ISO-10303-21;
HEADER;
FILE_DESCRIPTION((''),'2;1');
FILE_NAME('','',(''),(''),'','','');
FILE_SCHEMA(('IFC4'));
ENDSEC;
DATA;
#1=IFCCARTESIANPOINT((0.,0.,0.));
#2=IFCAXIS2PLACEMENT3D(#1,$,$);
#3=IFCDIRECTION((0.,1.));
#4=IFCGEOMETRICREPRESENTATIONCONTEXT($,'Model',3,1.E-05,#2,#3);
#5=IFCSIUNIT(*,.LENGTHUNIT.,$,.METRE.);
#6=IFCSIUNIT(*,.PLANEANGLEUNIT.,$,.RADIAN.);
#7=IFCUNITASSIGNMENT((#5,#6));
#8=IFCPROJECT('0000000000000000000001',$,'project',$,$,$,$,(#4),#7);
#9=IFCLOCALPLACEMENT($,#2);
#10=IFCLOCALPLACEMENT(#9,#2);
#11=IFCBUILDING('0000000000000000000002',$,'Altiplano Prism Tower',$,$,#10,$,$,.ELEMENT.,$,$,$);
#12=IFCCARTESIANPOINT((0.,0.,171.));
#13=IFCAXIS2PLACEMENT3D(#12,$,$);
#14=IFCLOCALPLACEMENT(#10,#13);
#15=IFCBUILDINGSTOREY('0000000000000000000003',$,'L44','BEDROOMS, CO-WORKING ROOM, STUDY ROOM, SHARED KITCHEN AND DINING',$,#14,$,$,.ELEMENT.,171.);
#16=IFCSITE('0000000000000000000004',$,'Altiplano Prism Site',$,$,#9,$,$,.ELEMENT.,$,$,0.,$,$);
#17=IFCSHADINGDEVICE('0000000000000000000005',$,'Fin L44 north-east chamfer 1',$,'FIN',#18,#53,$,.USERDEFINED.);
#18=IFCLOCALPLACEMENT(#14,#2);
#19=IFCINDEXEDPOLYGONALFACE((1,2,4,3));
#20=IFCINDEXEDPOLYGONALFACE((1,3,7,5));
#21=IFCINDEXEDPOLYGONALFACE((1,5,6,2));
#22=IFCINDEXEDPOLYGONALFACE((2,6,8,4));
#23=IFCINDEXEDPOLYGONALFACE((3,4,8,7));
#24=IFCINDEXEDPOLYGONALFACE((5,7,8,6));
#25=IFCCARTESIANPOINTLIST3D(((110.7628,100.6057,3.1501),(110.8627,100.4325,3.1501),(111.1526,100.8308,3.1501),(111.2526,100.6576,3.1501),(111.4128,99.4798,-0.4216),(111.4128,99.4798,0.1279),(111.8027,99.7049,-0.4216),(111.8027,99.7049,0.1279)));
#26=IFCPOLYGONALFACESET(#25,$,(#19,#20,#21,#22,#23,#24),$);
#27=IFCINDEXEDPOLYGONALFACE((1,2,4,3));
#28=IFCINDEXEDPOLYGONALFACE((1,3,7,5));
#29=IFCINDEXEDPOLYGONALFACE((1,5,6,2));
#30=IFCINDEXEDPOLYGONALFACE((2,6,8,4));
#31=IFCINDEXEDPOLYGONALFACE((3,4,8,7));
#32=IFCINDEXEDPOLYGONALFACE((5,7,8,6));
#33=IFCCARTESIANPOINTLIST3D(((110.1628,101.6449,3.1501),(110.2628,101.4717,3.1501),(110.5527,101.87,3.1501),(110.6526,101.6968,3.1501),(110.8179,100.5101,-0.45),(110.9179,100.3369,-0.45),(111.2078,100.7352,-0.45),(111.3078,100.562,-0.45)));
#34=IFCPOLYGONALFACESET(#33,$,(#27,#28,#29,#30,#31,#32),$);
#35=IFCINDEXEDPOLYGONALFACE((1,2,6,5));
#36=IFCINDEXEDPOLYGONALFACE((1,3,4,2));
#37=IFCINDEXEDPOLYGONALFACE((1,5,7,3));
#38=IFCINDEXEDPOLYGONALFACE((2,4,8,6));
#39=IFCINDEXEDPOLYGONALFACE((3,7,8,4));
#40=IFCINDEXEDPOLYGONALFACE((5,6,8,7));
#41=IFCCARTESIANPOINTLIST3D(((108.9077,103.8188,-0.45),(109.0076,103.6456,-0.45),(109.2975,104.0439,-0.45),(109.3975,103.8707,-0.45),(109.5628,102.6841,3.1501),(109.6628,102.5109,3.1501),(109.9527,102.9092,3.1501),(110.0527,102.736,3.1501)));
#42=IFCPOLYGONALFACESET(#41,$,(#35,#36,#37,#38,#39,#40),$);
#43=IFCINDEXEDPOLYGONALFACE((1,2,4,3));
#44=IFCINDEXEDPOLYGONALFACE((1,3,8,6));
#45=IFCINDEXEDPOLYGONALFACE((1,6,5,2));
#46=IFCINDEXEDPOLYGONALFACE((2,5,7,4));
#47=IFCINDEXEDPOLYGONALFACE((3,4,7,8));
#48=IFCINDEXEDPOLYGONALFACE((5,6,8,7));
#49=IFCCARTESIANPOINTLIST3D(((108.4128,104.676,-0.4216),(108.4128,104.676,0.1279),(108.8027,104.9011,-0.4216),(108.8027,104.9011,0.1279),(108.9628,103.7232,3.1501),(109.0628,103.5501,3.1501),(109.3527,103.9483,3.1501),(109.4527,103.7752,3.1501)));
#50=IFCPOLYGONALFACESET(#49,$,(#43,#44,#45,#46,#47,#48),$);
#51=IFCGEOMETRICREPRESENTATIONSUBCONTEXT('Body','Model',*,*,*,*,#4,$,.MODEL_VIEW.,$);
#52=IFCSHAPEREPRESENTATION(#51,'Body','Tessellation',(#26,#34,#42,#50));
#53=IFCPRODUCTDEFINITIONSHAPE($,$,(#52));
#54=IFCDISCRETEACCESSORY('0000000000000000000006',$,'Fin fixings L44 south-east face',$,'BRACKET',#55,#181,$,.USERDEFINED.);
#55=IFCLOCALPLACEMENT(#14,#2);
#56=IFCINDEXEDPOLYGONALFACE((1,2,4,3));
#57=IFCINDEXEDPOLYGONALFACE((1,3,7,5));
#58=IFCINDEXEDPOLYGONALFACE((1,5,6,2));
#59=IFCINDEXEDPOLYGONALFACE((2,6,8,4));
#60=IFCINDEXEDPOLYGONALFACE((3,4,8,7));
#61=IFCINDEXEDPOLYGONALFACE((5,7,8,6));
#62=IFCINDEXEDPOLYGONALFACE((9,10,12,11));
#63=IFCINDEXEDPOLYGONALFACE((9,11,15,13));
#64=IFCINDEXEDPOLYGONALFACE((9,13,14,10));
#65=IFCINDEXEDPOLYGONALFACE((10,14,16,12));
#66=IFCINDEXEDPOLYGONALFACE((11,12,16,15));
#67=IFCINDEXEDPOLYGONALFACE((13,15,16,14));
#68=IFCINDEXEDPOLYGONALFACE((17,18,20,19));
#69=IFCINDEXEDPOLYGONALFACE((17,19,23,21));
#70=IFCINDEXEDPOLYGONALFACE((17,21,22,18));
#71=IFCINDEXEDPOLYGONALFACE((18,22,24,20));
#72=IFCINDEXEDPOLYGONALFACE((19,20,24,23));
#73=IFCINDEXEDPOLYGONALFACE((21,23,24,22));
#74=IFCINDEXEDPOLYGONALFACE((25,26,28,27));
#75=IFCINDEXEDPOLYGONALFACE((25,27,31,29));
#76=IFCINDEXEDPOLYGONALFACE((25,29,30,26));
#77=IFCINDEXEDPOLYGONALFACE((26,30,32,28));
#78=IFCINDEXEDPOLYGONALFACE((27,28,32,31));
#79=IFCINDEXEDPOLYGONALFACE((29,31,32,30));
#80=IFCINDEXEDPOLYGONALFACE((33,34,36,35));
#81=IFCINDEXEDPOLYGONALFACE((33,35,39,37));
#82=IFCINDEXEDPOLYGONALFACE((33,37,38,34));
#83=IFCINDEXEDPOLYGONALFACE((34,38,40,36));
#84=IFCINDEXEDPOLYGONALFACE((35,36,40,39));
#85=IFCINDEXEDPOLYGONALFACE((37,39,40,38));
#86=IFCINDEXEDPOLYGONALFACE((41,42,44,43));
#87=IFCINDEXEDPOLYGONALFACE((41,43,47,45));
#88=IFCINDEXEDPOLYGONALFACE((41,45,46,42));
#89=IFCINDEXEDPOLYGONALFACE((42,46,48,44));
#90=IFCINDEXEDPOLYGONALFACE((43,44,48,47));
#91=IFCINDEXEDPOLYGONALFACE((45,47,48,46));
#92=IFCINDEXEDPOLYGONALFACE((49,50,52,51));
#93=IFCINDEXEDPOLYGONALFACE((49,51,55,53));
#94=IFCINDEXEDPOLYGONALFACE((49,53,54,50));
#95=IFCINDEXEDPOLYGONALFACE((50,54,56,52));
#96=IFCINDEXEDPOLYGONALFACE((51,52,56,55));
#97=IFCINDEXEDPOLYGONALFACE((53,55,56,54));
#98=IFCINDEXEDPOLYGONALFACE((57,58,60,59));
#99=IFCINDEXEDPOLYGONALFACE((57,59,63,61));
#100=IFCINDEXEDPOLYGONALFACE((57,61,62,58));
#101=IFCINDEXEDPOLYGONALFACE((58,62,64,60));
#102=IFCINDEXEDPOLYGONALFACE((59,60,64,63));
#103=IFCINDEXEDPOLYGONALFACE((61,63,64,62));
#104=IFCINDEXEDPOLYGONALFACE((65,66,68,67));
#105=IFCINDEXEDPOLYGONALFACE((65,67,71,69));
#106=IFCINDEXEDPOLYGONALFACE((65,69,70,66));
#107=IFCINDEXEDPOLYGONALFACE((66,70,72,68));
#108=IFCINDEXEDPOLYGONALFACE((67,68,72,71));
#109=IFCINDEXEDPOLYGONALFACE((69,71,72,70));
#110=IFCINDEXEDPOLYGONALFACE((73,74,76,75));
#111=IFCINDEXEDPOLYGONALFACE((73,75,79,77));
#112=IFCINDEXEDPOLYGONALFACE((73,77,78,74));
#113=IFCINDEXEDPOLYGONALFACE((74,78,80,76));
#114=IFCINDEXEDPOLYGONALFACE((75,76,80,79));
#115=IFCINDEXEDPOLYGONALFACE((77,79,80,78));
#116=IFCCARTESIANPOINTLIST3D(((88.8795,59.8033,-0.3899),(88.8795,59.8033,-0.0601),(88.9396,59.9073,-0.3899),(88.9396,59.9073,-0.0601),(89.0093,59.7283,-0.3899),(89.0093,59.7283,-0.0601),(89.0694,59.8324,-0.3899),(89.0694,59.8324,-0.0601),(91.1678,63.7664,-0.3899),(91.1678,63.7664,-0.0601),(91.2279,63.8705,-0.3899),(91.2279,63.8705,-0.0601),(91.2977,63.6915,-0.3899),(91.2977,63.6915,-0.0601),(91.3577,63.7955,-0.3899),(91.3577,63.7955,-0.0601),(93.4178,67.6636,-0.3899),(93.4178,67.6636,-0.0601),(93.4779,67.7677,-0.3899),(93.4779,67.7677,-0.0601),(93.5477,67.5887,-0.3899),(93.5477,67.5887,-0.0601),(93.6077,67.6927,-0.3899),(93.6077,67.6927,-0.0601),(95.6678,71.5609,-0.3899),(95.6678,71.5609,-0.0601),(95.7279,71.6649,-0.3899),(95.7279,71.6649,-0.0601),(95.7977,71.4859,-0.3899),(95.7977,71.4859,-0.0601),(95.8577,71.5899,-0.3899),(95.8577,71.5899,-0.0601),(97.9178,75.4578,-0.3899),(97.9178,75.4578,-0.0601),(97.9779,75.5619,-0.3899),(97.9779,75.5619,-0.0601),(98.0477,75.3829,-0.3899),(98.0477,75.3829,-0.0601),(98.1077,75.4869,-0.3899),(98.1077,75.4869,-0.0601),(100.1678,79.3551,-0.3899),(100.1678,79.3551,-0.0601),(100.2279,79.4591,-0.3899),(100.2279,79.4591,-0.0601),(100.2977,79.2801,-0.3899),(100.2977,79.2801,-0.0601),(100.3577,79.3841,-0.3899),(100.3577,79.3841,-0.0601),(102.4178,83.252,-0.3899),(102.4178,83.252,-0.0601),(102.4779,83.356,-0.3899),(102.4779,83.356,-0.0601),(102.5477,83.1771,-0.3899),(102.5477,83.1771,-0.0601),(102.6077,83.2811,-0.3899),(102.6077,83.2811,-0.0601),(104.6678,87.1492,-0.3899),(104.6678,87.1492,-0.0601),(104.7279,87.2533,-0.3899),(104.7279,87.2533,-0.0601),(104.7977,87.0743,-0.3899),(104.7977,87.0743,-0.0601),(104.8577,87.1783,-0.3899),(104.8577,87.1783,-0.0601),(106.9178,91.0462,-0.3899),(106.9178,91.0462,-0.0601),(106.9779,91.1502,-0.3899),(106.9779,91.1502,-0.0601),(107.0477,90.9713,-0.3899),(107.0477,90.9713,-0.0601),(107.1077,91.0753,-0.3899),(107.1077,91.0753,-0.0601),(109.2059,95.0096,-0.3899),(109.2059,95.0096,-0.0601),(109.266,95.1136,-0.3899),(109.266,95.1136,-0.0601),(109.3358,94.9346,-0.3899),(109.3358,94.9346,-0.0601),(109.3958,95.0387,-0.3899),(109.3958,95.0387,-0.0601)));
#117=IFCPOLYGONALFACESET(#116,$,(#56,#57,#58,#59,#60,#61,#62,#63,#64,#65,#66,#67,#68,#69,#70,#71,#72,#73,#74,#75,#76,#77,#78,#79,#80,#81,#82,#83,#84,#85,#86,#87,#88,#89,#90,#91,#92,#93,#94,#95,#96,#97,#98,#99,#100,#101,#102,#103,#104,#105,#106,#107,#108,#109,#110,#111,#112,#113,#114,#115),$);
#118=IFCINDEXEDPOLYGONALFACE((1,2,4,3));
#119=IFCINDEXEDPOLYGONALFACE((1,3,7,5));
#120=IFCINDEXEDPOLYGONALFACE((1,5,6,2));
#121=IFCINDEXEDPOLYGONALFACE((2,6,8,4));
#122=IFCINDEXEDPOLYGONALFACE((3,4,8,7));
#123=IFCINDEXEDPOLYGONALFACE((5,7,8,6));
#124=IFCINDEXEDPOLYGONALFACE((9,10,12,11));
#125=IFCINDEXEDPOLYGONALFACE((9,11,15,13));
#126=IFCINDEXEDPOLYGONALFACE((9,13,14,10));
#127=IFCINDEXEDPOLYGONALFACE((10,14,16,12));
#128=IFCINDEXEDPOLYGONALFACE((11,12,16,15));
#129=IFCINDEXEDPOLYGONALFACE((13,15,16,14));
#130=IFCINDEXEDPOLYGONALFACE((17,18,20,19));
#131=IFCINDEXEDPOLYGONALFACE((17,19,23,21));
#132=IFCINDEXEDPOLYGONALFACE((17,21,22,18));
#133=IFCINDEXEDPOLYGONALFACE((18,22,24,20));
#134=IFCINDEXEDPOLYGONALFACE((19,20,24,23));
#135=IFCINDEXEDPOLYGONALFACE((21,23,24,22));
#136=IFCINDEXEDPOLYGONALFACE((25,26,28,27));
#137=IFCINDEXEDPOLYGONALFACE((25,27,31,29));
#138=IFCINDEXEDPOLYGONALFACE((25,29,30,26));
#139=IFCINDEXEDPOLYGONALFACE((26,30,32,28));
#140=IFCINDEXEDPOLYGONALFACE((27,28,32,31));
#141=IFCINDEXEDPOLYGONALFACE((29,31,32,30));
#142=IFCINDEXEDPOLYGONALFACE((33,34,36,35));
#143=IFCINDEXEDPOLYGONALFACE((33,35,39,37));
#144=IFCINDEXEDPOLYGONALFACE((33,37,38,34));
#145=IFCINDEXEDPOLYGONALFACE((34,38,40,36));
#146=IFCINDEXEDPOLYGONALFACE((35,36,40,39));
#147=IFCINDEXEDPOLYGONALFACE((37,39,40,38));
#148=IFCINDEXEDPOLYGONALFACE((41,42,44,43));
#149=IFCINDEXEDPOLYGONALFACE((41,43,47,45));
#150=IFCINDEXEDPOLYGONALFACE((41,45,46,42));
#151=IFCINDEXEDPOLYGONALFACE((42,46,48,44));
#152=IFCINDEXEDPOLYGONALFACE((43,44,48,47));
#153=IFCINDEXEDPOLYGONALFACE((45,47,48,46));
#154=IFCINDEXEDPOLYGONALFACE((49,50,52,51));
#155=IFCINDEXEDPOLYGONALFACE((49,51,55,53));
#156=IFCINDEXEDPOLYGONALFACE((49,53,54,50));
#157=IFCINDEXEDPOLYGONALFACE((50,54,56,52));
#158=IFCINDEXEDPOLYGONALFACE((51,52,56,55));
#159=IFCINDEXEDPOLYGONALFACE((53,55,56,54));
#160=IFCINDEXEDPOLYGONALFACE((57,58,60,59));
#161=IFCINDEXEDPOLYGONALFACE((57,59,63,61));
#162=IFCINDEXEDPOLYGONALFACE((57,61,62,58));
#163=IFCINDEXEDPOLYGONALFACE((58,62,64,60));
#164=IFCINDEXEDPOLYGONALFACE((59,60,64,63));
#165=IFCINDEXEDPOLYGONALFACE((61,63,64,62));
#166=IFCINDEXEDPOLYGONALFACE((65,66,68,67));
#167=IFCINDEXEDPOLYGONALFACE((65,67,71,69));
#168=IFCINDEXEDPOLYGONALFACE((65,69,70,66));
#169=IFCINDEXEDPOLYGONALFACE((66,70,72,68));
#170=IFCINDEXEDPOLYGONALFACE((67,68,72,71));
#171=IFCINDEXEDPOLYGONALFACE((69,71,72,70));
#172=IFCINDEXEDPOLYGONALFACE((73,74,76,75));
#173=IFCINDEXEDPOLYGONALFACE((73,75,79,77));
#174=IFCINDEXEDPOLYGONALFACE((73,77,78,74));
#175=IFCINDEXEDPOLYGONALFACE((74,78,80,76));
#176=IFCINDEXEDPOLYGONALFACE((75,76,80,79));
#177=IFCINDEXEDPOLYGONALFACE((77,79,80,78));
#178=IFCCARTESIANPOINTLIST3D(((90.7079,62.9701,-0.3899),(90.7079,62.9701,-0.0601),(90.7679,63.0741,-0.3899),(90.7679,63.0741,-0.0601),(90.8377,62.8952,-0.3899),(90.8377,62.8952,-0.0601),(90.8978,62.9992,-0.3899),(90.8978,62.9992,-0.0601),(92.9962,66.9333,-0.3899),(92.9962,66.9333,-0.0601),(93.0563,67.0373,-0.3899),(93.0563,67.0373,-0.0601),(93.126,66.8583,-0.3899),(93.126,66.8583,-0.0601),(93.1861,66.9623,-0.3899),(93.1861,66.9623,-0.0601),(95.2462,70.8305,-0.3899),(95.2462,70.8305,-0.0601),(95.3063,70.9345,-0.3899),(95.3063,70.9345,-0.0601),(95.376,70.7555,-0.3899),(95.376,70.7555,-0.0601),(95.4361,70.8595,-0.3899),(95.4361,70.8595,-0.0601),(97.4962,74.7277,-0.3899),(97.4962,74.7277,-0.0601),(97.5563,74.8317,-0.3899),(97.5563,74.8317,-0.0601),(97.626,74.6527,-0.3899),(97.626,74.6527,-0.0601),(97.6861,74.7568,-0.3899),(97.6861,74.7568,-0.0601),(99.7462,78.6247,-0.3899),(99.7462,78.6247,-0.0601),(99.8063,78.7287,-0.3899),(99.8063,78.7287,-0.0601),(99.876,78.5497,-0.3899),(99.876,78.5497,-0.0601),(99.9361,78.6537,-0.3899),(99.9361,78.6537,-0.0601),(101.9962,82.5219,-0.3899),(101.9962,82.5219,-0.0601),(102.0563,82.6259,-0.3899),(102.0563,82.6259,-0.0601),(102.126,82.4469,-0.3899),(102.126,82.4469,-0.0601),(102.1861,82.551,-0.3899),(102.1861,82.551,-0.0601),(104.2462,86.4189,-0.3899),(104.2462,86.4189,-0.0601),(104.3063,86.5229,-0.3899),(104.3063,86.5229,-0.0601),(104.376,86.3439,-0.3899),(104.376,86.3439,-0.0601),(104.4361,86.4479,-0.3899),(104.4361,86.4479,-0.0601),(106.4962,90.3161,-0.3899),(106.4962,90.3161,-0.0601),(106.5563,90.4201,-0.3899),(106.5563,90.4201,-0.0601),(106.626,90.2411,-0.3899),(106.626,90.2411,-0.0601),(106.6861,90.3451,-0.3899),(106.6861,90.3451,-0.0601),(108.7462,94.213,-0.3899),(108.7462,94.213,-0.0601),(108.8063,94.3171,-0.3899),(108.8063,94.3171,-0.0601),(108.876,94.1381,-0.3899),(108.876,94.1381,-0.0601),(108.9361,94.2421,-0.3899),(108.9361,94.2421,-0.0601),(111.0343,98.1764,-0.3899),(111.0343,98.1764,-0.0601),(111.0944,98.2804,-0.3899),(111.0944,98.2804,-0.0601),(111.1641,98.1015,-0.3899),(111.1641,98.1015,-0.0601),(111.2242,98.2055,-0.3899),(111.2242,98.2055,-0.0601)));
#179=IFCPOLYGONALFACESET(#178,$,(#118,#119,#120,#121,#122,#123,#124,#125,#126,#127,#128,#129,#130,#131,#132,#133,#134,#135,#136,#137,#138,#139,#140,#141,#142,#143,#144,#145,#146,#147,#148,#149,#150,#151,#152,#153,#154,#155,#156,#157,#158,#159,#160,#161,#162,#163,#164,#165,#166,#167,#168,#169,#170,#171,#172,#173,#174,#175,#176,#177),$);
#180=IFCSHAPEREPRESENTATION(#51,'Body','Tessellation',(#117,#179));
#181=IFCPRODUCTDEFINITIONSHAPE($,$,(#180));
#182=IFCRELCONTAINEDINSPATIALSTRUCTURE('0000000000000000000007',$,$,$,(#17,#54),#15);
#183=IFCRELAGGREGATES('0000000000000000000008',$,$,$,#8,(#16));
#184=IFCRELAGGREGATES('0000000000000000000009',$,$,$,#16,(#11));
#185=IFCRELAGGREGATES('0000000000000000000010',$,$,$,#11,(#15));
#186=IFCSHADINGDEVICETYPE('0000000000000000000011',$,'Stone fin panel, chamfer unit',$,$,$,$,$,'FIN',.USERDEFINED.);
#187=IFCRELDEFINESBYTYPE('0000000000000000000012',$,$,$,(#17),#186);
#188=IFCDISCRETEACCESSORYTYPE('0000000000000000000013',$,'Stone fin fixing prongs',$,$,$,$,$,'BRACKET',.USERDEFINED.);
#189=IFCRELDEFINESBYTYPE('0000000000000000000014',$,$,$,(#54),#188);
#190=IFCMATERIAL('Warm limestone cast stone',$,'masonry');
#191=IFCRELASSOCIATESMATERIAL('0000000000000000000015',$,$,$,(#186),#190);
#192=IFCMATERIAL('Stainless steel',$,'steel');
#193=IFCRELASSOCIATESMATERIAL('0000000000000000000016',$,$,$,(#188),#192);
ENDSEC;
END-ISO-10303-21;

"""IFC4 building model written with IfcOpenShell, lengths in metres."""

from ifc_helpers import new_model, si_unit, direction, frame, origin, place, context, subcontext, project, spatial, polyline, outline, extrude, source, transform, mapped, material, type_object, element, save


model = new_model("IFC4")

# Units and contexts
model_context = context("Model", 3, precision=1e-05, world=origin(), true_north=direction((0.0, 1.0)))
body_context = subcontext(model_context, "Body", "Model", "MODEL_VIEW")
ifc_project = project(units=[si_unit("LENGTHUNIT", "METRE"), si_unit("PLANEANGLEUNIT", "RADIAN")], contexts=[model_context])

# Site, building, storey
site_placement = place(None, origin())
site = spatial("IfcSite", under=ifc_project, at=site_placement, Name="Altiplano Prism Site", CompositionType="ELEMENT", RefElevation=0.0)
building_placement = place(site_placement, origin())
building = spatial("IfcBuilding", under=site, at=building_placement, Name="Altiplano Prism Tower", CompositionType="ELEMENT")
storey_placement = place(building_placement, frame((0.0, 0.0, 171.0)))
storey = spatial("IfcBuildingStorey", under=building, at=storey_placement, Name="L44", Description="BEDROOMS, CO-WORKING ROOM, STUDY ROOM, SHARED KITCHEN AND DINING", CompositionType="ELEMENT", Elevation=171.0)

# Shading device
ifc_material_1 = material(Name="Warm limestone cast stone", Category="masonry")
shading_device_type_1 = type_object("IfcShadingDeviceType", Name="Stone fin panel, chamfer unit", ElementType="FIN", PredefinedType="USERDEFINED", material=ifc_material_1)
shared_shape_1 = source(origin(), body_context, "Body", "SweptSolid", [
    extrude(outline(polyline([(-3.0, 0.0283), (-1.7, 3.6001), (-1.8999, 3.6001), (-3.0, 0.5779), (-3.0, 0.0283)])), frame((0.0, -0.1499, 0.0), z_axis=(0.0, -1.0, 0.0), x_axis=(1.0, 0.0, 0.0)), (0.0, 0.0, 1.0), 0.4502),
    extrude(outline(polyline([(-2.0103, 0.0), (-1.8103, 0.0), (-0.5, 3.6001), (-0.7, 3.6001), (-2.0103, 0.0)])), frame((0.0, -0.1499, 0.0), z_axis=(0.0, -1.0, 0.0), x_axis=(1.0, 0.0, 0.0)), (0.0, 0.0, 1.0), 0.4502),
    extrude(outline(polyline([(1.8103, 0.0), (2.0103, 0.0), (0.7, 3.6001), (0.5, 3.6001), (1.8103, 0.0)])), frame((0.0, -0.1499, 0.0), z_axis=(0.0, -1.0, 0.0), x_axis=(1.0, 0.0, 0.0)), (0.0, 0.0, 1.0), 0.4502),
    extrude(outline(polyline([(3.0, 0.5779), (1.8999, 3.6001), (1.7, 3.6001), (3.0, 0.0283), (3.0, 0.5779)])), frame((0.0, -0.1499, 0.0), z_axis=(0.0, -1.0, 0.0), x_axis=(1.0, 0.0, 0.0)), (0.0, 0.0, 1.0), 0.4502),
])
shading_device_1_placement = place(storey_placement, origin())
element("IfcShadingDevice", 1, at=shading_device_1_placement, inside=storey, type_object=shading_device_type_1, Name="Fin L44 north-east chamfer 1", ObjectType="FIN", PredefinedType="USERDEFINED", context=body_context, shape_type="MappedRepresentation", body=[
    mapped(shared_shape_1, transform((109.783, 102.0029, -0.45), x_axis=(-0.5, 0.866025, 0.0), y_axis=(-0.866025, -0.5, 0.0), z_axis=(0.0, 0.0, 1.0))),
])

# Discrete accessory
ifc_material_2 = material(Name="Stainless steel", Category="steel")
discrete_accessory_type = type_object("IfcDiscreteAccessoryType", Name="Stone fin fixing prongs", ElementType="BRACKET", PredefinedType="USERDEFINED", material=ifc_material_2)
shared_shape_2 = source(origin(), body_context, "Body", "SweptSolid", [
    extrude(outline(polyline([(-1.8884, 0.0601), (-1.7683, 0.0601), (-1.7683, 0.3899), (-1.8884, 0.3899), (-1.8884, 0.0601)])), frame((0.0, 0.0, 0.0), z_axis=(0.0, -1.0, 0.0), x_axis=(1.0, 0.0, 0.0)), (0.0, 0.0, 1.0), 0.1499),
    extrude(outline(polyline([(1.7683, 0.0601), (1.8884, 0.0601), (1.8884, 0.3899), (1.7683, 0.3899), (1.7683, 0.0601)])), frame((0.0, 0.0, 0.0), z_axis=(0.0, -1.0, 0.0), x_axis=(1.0, 0.0, 0.0)), (0.0, 0.0, 1.0), 0.1499),
])
discrete_accessory_1_placement = place(storey_placement, origin())
element("IfcDiscreteAccessory", 2, at=discrete_accessory_1_placement, inside=storey, type_object=discrete_accessory_type, Name="Fin fixings L44 south-east face", ObjectType="BRACKET", PredefinedType="USERDEFINED", context=body_context, shape_type="MappedRepresentation", body=[
    mapped(shared_shape_2, transform((89.8237, 61.4387, -0.45), x_axis=(0.5, 0.866025, 0.0), y_axis=(-0.866025, 0.5, 0.0), z_axis=(0.0, 0.0, 1.0))),
    mapped(shared_shape_2, transform((92.1121, 65.4019, -0.45), x_axis=(0.5, 0.866025, 0.0), y_axis=(-0.866025, 0.5, 0.0), z_axis=(0.0, 0.0, 1.0))),
    mapped(shared_shape_2, transform((94.3621, 69.2991, -0.45), x_axis=(0.5, 0.866025, 0.0), y_axis=(-0.866025, 0.5, 0.0), z_axis=(0.0, 0.0, 1.0))),
    mapped(shared_shape_2, transform((96.6121, 73.1963, -0.45), x_axis=(0.5, 0.866025, 0.0), y_axis=(-0.866025, 0.5, 0.0), z_axis=(0.0, 0.0, 1.0))),
    mapped(shared_shape_2, transform((98.8621, 77.0933, -0.45), x_axis=(0.5, 0.866025, 0.0), y_axis=(-0.866025, 0.5, 0.0), z_axis=(0.0, 0.0, 1.0))),
    mapped(shared_shape_2, transform((101.1121, 80.9905, -0.45), x_axis=(0.5, 0.866025, 0.0), y_axis=(-0.866025, 0.5, 0.0), z_axis=(0.0, 0.0, 1.0))),
    mapped(shared_shape_2, transform((103.3621, 84.8875, -0.45), x_axis=(0.5, 0.866025, 0.0), y_axis=(-0.866025, 0.5, 0.0), z_axis=(0.0, 0.0, 1.0))),
    mapped(shared_shape_2, transform((105.6121, 88.7847, -0.45), x_axis=(0.5, 0.866025, 0.0), y_axis=(-0.866025, 0.5, 0.0), z_axis=(0.0, 0.0, 1.0))),
    mapped(shared_shape_2, transform((107.8621, 92.6816, -0.45), x_axis=(0.5, 0.866025, 0.0), y_axis=(-0.866025, 0.5, 0.0), z_axis=(0.0, 0.0, 1.0))),
    mapped(shared_shape_2, transform((110.1501, 96.645, -0.45), x_axis=(0.5, 0.866025, 0.0), y_axis=(-0.866025, 0.5, 0.0), z_axis=(0.0, 0.0, 1.0))),
])

save(model, "model.ifc")
